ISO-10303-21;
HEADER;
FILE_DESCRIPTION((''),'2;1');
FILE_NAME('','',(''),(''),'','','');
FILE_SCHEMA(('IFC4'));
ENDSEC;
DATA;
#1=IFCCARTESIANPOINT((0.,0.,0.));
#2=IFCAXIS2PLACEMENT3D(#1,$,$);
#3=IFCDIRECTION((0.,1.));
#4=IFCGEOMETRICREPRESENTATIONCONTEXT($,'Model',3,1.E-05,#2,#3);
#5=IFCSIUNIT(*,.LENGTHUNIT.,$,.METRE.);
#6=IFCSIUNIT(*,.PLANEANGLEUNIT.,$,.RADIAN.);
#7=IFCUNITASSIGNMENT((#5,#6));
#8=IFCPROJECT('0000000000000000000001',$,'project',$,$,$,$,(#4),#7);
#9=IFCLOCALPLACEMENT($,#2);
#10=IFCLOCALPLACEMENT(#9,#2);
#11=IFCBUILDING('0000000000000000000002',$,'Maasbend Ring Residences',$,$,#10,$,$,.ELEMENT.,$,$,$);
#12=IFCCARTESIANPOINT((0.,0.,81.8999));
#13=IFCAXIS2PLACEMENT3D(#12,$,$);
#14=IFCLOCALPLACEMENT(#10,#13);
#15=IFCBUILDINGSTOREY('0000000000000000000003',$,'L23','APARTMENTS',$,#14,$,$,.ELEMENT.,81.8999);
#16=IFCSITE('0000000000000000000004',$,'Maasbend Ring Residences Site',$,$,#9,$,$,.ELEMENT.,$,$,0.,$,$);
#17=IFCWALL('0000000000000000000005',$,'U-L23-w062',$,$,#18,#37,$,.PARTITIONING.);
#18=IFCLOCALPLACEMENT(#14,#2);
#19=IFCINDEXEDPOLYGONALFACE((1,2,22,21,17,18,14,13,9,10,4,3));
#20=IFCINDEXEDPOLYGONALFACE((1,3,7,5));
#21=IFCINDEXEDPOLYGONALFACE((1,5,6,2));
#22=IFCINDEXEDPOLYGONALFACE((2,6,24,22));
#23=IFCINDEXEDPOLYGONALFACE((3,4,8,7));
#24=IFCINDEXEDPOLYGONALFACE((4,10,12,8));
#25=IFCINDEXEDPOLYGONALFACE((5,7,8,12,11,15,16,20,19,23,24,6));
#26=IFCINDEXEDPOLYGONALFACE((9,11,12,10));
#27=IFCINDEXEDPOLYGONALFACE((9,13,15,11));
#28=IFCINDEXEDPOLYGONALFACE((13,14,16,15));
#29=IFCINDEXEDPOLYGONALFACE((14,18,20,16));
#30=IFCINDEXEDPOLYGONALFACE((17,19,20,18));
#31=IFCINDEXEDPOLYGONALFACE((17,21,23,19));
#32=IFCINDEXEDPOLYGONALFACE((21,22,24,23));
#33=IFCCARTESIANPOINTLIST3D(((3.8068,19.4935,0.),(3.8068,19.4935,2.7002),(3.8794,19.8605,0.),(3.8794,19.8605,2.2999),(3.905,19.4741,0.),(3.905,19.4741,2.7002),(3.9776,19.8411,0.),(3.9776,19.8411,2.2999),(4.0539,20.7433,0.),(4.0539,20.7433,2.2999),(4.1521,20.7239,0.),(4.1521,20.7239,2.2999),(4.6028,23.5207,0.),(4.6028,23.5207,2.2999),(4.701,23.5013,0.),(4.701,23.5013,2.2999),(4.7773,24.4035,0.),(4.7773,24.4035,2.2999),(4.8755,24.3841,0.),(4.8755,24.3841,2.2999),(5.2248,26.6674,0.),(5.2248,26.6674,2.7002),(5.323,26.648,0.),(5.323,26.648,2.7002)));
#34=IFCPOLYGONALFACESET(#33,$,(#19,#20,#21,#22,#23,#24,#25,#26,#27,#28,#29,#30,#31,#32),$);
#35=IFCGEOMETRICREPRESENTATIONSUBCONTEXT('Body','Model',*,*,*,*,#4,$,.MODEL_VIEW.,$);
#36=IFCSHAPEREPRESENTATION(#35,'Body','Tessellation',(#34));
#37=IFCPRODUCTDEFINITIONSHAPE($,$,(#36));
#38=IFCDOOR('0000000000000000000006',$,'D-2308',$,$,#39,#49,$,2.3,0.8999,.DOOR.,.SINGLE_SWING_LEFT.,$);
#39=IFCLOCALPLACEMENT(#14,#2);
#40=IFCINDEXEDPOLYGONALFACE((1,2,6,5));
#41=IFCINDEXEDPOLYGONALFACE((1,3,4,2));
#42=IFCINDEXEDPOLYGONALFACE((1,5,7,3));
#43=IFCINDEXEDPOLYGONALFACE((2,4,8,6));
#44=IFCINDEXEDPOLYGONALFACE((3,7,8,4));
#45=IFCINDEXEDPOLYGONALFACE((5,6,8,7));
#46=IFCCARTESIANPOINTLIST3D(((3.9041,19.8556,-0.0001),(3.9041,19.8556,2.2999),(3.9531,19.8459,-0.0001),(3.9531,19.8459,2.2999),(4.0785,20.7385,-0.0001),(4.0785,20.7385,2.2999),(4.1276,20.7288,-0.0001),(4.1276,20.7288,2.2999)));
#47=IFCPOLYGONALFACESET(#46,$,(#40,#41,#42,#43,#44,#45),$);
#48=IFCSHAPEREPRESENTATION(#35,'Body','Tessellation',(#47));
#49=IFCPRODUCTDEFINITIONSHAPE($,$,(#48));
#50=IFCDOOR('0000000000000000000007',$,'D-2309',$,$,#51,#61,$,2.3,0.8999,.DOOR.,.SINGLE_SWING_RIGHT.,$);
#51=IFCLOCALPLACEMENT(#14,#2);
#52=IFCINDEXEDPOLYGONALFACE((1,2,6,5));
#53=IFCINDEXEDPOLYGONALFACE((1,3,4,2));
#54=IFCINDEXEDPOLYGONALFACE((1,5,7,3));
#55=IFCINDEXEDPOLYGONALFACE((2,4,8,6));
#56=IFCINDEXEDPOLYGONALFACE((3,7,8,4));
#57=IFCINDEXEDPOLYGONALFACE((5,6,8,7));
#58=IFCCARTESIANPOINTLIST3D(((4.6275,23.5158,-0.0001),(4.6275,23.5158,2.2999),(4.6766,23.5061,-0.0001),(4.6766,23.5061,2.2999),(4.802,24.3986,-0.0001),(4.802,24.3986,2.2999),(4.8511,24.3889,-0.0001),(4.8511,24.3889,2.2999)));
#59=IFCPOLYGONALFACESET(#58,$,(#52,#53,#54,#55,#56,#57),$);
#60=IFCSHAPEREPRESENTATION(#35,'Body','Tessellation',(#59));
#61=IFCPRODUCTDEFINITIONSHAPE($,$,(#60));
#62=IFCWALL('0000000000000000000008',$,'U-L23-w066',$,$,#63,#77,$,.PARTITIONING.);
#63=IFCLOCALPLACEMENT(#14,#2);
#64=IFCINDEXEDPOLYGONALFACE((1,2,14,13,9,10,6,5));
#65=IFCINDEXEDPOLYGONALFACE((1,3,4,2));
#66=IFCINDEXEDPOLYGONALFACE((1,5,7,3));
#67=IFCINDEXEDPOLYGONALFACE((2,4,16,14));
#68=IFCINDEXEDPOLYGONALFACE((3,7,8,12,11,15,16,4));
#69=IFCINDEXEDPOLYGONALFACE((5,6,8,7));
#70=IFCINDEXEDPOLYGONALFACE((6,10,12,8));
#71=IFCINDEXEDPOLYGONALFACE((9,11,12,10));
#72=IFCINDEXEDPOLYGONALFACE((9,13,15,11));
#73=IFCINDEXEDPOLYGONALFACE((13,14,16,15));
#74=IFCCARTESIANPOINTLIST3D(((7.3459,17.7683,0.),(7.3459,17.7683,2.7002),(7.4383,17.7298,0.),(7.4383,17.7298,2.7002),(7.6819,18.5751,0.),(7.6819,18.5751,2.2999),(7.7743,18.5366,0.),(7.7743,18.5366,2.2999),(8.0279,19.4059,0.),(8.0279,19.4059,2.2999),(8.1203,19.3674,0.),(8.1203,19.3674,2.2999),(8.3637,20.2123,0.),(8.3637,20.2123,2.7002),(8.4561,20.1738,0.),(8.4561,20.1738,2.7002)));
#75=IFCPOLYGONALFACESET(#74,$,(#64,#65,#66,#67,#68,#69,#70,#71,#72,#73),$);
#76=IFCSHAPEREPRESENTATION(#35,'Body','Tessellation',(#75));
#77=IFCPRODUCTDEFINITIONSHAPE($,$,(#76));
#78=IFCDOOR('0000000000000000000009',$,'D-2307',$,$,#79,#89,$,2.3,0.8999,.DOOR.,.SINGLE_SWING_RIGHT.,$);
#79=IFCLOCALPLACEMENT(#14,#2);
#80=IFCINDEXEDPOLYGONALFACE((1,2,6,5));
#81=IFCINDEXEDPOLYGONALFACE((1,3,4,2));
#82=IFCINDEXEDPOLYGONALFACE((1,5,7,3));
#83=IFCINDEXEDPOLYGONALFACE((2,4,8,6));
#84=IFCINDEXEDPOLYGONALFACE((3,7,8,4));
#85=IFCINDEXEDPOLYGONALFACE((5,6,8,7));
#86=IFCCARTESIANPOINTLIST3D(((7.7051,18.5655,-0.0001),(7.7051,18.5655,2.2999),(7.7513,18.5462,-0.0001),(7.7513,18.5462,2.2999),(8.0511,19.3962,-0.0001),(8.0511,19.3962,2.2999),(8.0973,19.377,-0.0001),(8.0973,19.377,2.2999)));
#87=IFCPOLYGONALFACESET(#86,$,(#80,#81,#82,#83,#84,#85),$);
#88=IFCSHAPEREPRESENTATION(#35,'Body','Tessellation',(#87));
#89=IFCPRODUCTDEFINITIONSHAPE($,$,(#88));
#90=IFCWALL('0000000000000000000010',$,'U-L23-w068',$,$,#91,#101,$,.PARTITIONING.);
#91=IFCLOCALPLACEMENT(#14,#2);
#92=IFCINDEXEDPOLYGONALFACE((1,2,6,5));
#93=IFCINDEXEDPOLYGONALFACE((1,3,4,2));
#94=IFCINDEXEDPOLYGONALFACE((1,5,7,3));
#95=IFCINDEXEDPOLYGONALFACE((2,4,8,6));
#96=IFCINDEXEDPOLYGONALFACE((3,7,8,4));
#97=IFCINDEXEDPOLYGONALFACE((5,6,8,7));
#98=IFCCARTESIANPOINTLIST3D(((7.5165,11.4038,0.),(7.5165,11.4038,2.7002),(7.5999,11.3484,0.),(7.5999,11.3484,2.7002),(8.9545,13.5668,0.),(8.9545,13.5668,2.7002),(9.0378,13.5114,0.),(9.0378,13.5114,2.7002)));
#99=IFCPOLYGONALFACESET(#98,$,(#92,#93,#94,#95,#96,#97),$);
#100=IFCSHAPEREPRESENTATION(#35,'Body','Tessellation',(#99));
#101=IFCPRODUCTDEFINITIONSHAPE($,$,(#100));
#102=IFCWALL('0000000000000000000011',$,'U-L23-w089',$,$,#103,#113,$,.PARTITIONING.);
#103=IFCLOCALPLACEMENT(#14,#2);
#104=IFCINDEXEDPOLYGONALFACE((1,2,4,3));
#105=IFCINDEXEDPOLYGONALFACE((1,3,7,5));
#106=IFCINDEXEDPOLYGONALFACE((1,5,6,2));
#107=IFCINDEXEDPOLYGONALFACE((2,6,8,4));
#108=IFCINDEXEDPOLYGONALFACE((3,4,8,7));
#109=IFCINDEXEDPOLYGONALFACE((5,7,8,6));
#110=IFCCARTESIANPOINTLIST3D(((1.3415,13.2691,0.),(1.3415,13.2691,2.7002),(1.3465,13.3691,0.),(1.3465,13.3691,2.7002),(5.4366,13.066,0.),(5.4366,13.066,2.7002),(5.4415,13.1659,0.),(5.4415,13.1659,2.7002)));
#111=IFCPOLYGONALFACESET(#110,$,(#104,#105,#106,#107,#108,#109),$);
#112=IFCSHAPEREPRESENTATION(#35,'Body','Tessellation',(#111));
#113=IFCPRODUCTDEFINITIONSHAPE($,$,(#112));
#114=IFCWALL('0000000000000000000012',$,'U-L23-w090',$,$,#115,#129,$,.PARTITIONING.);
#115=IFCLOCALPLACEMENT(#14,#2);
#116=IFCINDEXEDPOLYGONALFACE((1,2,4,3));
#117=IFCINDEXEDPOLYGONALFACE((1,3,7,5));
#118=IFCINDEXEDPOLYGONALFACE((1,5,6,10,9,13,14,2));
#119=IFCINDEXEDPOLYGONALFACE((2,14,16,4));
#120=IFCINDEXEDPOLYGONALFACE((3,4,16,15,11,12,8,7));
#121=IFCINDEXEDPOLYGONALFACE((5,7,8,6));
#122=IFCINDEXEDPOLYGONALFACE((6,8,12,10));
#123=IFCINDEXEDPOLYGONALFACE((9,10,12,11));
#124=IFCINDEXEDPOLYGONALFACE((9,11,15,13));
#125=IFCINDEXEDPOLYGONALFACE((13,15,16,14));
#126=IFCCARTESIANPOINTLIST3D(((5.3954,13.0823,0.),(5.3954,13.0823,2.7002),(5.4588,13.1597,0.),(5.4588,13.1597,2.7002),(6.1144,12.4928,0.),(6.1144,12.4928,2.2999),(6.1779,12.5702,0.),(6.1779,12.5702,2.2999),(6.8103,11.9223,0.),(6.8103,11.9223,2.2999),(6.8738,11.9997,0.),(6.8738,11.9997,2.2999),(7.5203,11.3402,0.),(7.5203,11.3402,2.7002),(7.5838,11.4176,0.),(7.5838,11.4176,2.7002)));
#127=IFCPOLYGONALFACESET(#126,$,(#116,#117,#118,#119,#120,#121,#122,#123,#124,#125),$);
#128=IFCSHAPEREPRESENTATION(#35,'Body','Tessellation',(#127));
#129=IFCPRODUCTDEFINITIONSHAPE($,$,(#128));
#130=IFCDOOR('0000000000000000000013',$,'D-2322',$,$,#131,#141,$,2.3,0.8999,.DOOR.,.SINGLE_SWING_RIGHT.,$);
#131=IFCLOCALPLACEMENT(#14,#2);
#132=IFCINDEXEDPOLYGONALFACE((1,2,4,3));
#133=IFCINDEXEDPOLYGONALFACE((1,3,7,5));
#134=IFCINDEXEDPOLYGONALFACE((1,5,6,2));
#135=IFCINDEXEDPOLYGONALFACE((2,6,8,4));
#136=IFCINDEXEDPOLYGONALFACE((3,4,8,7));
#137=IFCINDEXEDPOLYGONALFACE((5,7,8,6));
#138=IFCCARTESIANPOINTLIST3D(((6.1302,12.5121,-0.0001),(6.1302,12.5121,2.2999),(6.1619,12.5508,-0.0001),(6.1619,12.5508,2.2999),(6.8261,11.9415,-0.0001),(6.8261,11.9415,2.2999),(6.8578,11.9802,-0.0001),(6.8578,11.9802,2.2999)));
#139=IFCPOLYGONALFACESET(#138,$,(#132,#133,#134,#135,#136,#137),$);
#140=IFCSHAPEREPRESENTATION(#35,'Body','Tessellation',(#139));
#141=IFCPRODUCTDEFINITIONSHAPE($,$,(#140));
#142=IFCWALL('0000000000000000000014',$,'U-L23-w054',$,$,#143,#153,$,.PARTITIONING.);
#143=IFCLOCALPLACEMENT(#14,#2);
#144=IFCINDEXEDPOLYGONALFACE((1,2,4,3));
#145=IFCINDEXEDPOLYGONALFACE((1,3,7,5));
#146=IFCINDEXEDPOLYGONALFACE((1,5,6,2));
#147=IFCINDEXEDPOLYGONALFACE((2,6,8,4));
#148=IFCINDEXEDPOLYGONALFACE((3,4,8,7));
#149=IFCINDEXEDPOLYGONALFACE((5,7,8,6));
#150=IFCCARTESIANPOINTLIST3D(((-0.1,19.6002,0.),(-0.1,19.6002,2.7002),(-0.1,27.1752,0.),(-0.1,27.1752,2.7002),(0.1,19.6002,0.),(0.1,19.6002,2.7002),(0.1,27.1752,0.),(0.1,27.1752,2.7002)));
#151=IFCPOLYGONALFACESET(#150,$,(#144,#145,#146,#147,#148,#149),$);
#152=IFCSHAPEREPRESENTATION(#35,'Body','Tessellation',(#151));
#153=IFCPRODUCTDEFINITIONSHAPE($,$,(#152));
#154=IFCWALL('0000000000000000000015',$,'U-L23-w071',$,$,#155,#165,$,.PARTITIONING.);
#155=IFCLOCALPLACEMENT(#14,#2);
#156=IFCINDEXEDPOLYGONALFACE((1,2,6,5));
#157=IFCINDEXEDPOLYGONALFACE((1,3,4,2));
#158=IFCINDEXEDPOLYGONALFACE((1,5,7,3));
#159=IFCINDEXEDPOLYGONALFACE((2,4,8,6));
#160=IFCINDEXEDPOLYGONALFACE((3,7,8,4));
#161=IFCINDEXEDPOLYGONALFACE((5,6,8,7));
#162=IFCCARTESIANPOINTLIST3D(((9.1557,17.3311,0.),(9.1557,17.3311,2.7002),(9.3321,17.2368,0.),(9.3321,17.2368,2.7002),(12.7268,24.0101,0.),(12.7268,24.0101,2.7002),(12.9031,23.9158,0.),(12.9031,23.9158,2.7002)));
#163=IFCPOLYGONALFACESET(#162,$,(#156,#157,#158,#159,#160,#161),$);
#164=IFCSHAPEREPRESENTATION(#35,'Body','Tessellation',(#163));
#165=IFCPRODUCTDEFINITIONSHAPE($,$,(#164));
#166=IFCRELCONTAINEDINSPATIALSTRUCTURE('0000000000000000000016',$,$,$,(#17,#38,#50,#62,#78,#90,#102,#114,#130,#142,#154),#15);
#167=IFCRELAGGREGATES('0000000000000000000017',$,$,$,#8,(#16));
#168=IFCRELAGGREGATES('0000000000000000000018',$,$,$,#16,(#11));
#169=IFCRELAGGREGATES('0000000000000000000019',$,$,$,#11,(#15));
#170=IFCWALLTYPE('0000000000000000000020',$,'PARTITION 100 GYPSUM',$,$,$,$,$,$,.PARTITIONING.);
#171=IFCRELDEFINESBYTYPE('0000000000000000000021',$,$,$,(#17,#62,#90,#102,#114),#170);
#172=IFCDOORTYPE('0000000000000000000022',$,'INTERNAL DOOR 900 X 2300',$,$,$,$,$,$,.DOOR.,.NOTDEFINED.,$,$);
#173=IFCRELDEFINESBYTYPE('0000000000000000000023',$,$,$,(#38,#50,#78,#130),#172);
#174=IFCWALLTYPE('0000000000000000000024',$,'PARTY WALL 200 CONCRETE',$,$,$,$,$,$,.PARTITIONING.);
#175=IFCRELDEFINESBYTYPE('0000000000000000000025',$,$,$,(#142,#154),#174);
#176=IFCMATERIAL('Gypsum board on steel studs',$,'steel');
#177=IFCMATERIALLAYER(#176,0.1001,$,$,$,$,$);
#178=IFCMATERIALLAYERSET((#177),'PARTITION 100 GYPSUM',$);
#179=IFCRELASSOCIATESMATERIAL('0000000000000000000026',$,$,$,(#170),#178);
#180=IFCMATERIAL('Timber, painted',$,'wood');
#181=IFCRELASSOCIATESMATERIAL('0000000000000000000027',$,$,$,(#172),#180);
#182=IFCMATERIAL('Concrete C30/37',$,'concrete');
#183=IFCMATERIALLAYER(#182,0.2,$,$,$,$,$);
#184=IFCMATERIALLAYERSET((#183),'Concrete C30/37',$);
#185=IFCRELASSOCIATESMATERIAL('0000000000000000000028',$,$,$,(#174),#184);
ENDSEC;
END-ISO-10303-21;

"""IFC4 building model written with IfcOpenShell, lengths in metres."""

from ifc_helpers import new_model, si_unit, direction, frame, frame_2d, origin, place, context, subcontext, project, spatial, rectangle, extrude, material, layer, layer_set, type_object, element, fill, save


model = new_model("IFC4")

# Units and contexts
model_context = context("Model", 3, precision=1e-05, world=origin(), true_north=direction((0.0, 1.0)))
body_context = subcontext(model_context, "Body", "Model", "MODEL_VIEW")
ifc_project = project(units=[si_unit("LENGTHUNIT", "METRE"), si_unit("PLANEANGLEUNIT", "RADIAN")], contexts=[model_context])

# Site, building, storey
site_placement = place(None, origin())
site = spatial("IfcSite", under=ifc_project, at=site_placement, Name="Maasbend Ring Residences Site", CompositionType="ELEMENT", RefElevation=0.0)
building_placement = place(site_placement, origin())
building = spatial("IfcBuilding", under=site, at=building_placement, Name="Maasbend Ring Residences", CompositionType="ELEMENT")
storey_placement = place(building_placement, frame((0.0, 0.0, 81.8999)))
storey = spatial("IfcBuildingStorey", under=building, at=storey_placement, Name="L23", Description="APARTMENTS", CompositionType="ELEMENT", Elevation=81.8999)

# Shared definitions
ifc_material_1 = material(Name="Gypsum board on steel studs", Category="steel")
ifc_layer_1 = layer(ifc_material_1, 0.1001)
ifc_layer_set_1 = layer_set([ifc_layer_1], Name="PARTITION 100 GYPSUM")
wall_type_1 = type_object("IfcWallType", Name="PARTITION 100 GYPSUM", PredefinedType="PARTITIONING", material=ifc_layer_set_1)

# Wall, openings, doors
wall_1_placement = place(storey_placement, frame((3.856, 19.4839, 0.0), z_axis=(0.0, 0.0, 1.0), x_axis=(0.193901, 0.981021, 0.0)))
wall_1 = element("IfcWall", 1, at=wall_1_placement, inside=storey, type_object=wall_type_1, Name="U-L23-w062", PredefinedType="PARTITIONING", context=body_context, shape_type="SweptSolid", body=[
    extrude(rectangle(XDim=7.3127, YDim=0.1001, at=frame_2d((3.6562, 0.0))), origin(), (0.0, 0.0, 1.0), 2.7002),
])
opening_1_placement = place(wall_1_placement, frame((0.374, 0.0, 0.0)))
opening_1 = element("IfcOpeningElement", 2, at=opening_1_placement, cuts=wall_1, PredefinedType="OPENING", context=body_context, shape_type="SweptSolid", body=[
    extrude(rectangle(XDim=0.8999, YDim=2.3, at=frame_2d((0.45, 1.1499))), frame((0.0, 0.0601, 0.0), z_axis=(0.0, -1.0, 0.0), x_axis=(1.0, 0.0, 0.0)), (0.0, 0.0, 1.0), 0.1201),
])
opening_2_placement = place(wall_1_placement, frame((4.105, 0.0, 0.0)))
opening_2 = element("IfcOpeningElement", 3, at=opening_2_placement, cuts=wall_1, PredefinedType="OPENING", context=body_context, shape_type="SweptSolid", body=[
    extrude(rectangle(XDim=0.8999, YDim=2.3, at=frame_2d((0.45, 1.1499))), frame((0.0, 0.0601, 0.0), z_axis=(0.0, -1.0, 0.0), x_axis=(1.0, 0.0, 0.0)), (0.0, 0.0, 1.0), 0.1201),
])
ifc_material_2 = material(Name="Timber, painted", Category="wood")
door_type_1 = type_object("IfcDoorType", Name="INTERNAL DOOR 900 X 2300", OperationType="NOTDEFINED", PredefinedType="DOOR", material=ifc_material_2)
door_1_placement = place(opening_1_placement, origin())
door_1 = element("IfcDoor", 4, at=door_1_placement, inside=storey, type_object=door_type_1, Name="D-2308", OperationType="SINGLE_SWING_LEFT", OverallHeight=2.3, OverallWidth=0.8999, PredefinedType="DOOR", context=body_context, shape_type="SweptSolid", body=[
    extrude(rectangle(XDim=0.8999, YDim=2.3, at=frame_2d((0.45, 1.1499))), frame((0.0, 0.0249, 0.0), z_axis=(0.0, -1.0, 0.0), x_axis=(1.0, 0.0, 0.0)), (0.0, 0.0, 1.0), 0.05),
])
fill(opening_1, door_1)
door_2_placement = place(opening_2_placement, origin())
door_2 = element("IfcDoor", 5, at=door_2_placement, inside=storey, type_object=door_type_1, Name="D-2309", OperationType="SINGLE_SWING_RIGHT", OverallHeight=2.3, OverallWidth=0.8999, PredefinedType="DOOR", context=body_context, shape_type="SweptSolid", body=[
    extrude(rectangle(XDim=0.8999, YDim=2.3, at=frame_2d((0.45, 1.1499))), frame((0.0, 0.0249, 0.0), z_axis=(0.0, -1.0, 0.0), x_axis=(1.0, 0.0, 0.0)), (0.0, 0.0, 1.0), 0.05),
])
fill(opening_2, door_2)

# Wall, opening, door
wall_2_placement = place(storey_placement, frame((7.3921, 17.749, 0.0), z_axis=(0.0, 0.0, 1.0), x_axis=(0.384439, 0.923151, 0.0)))
wall_2 = element("IfcWall", 6, at=wall_2_placement, inside=storey, type_object=wall_type_1, Name="U-L23-w066", PredefinedType="PARTITIONING", context=body_context, shape_type="SweptSolid", body=[
    extrude(rectangle(XDim=2.6475, YDim=0.1001, at=frame_2d((1.3237, 0.0))), origin(), (0.0, 0.0, 1.0), 2.7002),
])
opening_3_placement = place(wall_2_placement, frame((0.874, 0.0, 0.0)))
opening_3 = element("IfcOpeningElement", 7, at=opening_3_placement, cuts=wall_2, PredefinedType="OPENING", context=body_context, shape_type="SweptSolid", body=[
    extrude(rectangle(XDim=0.8999, YDim=2.3, at=frame_2d((0.45, 1.1499))), frame((0.0, 0.0601, 0.0), z_axis=(0.0, -1.0, 0.0), x_axis=(1.0, 0.0, 0.0)), (0.0, 0.0, 1.0), 0.1201),
])
door_3_placement = place(opening_3_placement, origin())
door_3 = element("IfcDoor", 8, at=door_3_placement, inside=storey, type_object=door_type_1, Name="D-2307", OperationType="SINGLE_SWING_RIGHT", OverallHeight=2.3, OverallWidth=0.8999, PredefinedType="DOOR", context=body_context, shape_type="SweptSolid", body=[
    extrude(rectangle(XDim=0.8999, YDim=2.3, at=frame_2d((0.45, 1.1499))), frame((0.0, 0.0249, 0.0), z_axis=(0.0, -1.0, 0.0), x_axis=(1.0, 0.0, 0.0)), (0.0, 0.0, 1.0), 0.05),
])
fill(opening_3, door_3)

# Walls
wall_3_placement = place(storey_placement, frame((7.5581, 11.376, 0.0), z_axis=(0.0, 0.0, 1.0), x_axis=(0.553615, 0.832773, 0.0)))
element("IfcWall", 9, at=wall_3_placement, inside=storey, type_object=wall_type_1, Name="U-L23-w068", PredefinedType="PARTITIONING", context=body_context, shape_type="SweptSolid", body=[
    extrude(rectangle(XDim=2.5974, YDim=0.1001, at=frame_2d((1.2988, 0.0))), origin(), (0.0, 0.0, 1.0), 2.7002),
])
wall_4_placement = place(storey_placement, frame((1.344, 13.3191, 0.0), z_axis=(0.0, 0.0, 1.0), x_axis=(0.998772, -0.049543, 0.0)))
element("IfcWall", 10, at=wall_4_placement, inside=storey, type_object=wall_type_1, Name="U-L23-w089", PredefinedType="PARTITIONING", context=body_context, shape_type="SweptSolid", body=[
    extrude(rectangle(XDim=4.1001, YDim=0.1001, at=frame_2d((2.05, 0.0))), origin(), (0.0, 0.0, 1.0), 2.7002),
])

# Wall, opening, door
wall_5_placement = place(storey_placement, frame((5.427, 13.1211, 0.0), z_axis=(0.0, 0.0, 1.0), x_axis=(0.773324, -0.634012, 0.0)))
wall_5 = element("IfcWall", 11, at=wall_5_placement, inside=storey, type_object=wall_type_1, Name="U-L23-w090", PredefinedType="PARTITIONING", context=body_context, shape_type="SweptSolid", body=[
    extrude(rectangle(XDim=2.7478, YDim=0.1001, at=frame_2d((1.374, 0.0))), origin(), (0.0, 0.0, 1.0), 2.7002),
])
opening_4_placement = place(wall_5_placement, frame((0.9299, 0.0, 0.0)))
opening_4 = element("IfcOpeningElement", 12, at=opening_4_placement, cuts=wall_5, PredefinedType="OPENING", context=body_context, shape_type="SweptSolid", body=[
    extrude(rectangle(XDim=0.8999, YDim=2.3, at=frame_2d((0.45, 1.1499))), frame((0.0, 0.0601, 0.0), z_axis=(0.0, -1.0, 0.0), x_axis=(1.0, 0.0, 0.0)), (0.0, 0.0, 1.0), 0.1201),
])
door_4_placement = place(opening_4_placement, origin())
door_4 = element("IfcDoor", 13, at=door_4_placement, inside=storey, type_object=door_type_1, Name="D-2322", OperationType="SINGLE_SWING_RIGHT", OverallHeight=2.3, OverallWidth=0.8999, PredefinedType="DOOR", context=body_context, shape_type="SweptSolid", body=[
    extrude(rectangle(XDim=0.8999, YDim=2.3, at=frame_2d((0.45, 1.1499))), frame((0.0, 0.0249, 0.0), z_axis=(0.0, -1.0, 0.0), x_axis=(1.0, 0.0, 0.0)), (0.0, 0.0, 1.0), 0.05),
])
fill(opening_4, door_4)

# Walls
ifc_material_3 = material(Name="Concrete C30/37", Category="concrete")
ifc_layer_2 = layer(ifc_material_3, 0.2)
ifc_layer_set_2 = layer_set([ifc_layer_2], Name="Concrete C30/37")
wall_type_2 = type_object("IfcWallType", Name="PARTY WALL 200 CONCRETE", PredefinedType="PARTITIONING", material=ifc_layer_set_2)
wall_6_placement = place(storey_placement, frame((0.0, 19.6001, 0.0), z_axis=(0.0, 0.0, 1.0), x_axis=(0.0, 1.0, 0.0)))
element("IfcWall", 14, at=wall_6_placement, inside=storey, type_object=wall_type_2, Name="U-L23-w054", PredefinedType="PARTITIONING", context=body_context, shape_type="SweptSolid", body=[
    extrude(rectangle(XDim=7.575, YDim=0.2, at=frame_2d((3.7876, 0.0))), origin(), (0.0, 0.0, 1.0), 2.7002),
])
wall_7_placement = place(storey_placement, frame((9.2439, 17.2839, 0.0), z_axis=(0.0, 0.0, 1.0), x_axis=(0.471507, 0.881863, 0.0)))
element("IfcWall", 15, at=wall_7_placement, inside=storey, type_object=wall_type_2, Name="U-L23-w071", PredefinedType="PARTITIONING", context=body_context, shape_type="SweptSolid", body=[
    extrude(rectangle(XDim=7.5737, YDim=0.2, at=frame_2d((3.7869, 0.0))), origin(), (0.0, 0.0, 1.0), 2.7002),
])

save(model, "model.ifc")
